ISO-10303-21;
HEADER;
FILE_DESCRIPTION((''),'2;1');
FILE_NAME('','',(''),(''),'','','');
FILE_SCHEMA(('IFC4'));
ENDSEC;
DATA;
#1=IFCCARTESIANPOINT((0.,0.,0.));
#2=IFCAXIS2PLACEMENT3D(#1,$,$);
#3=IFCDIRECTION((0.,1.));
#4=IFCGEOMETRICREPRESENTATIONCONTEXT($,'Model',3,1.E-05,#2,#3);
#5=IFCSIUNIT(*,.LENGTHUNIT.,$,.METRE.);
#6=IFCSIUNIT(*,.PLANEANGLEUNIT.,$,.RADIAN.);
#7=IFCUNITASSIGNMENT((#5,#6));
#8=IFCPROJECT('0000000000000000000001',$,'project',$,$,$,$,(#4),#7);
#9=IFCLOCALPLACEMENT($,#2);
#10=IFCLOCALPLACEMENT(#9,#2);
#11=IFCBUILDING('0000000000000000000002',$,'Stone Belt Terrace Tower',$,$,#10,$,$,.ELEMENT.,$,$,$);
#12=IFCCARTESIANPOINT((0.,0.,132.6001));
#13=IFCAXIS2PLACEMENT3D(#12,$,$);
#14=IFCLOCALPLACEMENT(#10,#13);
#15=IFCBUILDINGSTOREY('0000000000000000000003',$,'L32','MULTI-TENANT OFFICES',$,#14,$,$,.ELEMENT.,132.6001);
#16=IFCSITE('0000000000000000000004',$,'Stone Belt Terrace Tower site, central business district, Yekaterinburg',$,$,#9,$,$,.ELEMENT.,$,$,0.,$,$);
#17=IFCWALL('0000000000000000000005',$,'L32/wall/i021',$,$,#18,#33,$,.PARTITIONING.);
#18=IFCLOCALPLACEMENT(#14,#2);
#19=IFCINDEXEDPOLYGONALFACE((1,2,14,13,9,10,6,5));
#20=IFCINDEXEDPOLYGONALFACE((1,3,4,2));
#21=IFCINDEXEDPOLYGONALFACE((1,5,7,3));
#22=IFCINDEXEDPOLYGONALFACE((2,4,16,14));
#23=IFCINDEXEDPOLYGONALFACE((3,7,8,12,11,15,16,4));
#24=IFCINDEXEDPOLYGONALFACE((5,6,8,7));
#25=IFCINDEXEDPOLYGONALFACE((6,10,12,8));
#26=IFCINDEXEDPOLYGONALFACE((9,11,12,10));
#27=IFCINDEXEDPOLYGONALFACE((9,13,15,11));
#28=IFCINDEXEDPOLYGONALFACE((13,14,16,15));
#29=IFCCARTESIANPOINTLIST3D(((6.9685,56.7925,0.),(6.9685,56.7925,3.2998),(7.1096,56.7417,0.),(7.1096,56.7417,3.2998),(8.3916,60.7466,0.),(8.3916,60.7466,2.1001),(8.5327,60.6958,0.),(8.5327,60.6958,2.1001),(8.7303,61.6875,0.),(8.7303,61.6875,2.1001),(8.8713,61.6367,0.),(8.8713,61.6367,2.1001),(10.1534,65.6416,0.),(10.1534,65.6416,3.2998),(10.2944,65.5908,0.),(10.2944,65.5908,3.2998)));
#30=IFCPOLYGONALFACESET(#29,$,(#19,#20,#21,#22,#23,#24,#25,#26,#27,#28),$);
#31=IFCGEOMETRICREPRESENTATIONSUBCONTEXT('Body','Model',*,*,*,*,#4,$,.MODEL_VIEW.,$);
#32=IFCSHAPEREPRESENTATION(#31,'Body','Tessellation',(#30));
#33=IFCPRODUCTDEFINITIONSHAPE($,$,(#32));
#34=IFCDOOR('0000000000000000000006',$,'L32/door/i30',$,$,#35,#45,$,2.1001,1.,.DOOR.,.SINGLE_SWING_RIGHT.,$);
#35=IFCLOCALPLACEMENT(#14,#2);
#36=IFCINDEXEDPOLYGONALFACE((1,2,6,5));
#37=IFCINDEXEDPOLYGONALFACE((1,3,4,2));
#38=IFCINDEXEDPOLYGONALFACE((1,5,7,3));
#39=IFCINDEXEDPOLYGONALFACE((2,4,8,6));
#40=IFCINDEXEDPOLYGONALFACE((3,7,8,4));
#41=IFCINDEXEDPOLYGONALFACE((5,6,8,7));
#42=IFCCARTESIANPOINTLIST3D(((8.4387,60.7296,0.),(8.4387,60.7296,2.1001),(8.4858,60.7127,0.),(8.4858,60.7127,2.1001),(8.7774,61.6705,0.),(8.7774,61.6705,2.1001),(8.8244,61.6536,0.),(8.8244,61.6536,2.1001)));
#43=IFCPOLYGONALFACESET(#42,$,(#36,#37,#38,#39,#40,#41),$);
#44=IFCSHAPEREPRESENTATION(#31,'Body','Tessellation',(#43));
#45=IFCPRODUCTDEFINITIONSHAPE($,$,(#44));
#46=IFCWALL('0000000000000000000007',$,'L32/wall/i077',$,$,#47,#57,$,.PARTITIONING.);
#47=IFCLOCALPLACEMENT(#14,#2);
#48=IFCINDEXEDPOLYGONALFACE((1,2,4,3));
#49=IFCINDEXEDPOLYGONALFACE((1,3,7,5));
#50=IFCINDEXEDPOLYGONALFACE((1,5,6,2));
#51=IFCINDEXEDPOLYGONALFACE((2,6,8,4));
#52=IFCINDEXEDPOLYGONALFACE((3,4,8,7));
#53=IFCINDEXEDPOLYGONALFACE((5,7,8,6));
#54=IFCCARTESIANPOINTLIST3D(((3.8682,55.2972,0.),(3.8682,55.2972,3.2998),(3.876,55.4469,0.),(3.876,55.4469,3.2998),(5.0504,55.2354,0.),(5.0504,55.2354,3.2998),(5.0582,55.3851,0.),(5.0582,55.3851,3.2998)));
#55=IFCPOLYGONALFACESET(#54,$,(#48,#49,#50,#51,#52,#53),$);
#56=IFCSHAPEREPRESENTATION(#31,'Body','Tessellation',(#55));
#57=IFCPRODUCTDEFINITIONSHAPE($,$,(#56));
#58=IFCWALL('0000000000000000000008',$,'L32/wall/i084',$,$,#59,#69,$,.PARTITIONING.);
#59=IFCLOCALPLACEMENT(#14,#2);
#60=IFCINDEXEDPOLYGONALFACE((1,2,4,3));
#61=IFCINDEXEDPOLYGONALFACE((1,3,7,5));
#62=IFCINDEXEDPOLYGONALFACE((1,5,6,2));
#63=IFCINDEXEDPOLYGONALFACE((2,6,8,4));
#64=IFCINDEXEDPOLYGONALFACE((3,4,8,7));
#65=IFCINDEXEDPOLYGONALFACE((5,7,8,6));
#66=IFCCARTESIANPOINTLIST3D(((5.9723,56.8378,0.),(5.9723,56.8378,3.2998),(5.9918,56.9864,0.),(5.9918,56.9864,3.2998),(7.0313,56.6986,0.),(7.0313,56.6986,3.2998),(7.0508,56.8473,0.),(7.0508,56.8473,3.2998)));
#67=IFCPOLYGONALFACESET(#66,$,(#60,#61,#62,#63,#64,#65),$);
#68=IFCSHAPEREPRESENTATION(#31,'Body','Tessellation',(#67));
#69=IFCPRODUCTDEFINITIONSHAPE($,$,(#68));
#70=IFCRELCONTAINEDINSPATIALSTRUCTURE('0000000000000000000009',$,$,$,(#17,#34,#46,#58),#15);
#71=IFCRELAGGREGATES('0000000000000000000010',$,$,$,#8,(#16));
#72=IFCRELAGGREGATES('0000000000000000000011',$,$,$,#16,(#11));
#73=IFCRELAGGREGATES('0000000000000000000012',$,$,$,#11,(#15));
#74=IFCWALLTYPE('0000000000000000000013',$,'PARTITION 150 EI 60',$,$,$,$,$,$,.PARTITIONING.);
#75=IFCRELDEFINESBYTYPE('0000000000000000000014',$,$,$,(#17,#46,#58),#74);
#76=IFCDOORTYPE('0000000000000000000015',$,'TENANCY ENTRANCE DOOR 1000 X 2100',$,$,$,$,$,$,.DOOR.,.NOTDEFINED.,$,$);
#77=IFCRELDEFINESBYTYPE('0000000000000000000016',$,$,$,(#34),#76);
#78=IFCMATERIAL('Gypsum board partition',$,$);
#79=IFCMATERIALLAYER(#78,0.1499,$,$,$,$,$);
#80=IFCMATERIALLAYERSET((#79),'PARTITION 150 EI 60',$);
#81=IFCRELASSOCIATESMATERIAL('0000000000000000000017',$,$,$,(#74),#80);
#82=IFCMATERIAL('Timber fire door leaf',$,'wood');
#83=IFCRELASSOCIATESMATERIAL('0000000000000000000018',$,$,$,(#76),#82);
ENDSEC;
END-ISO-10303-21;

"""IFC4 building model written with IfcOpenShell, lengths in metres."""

from ifc_helpers import new_model, si_unit, direction, frame, frame_2d, origin, place, context, subcontext, project, spatial, rectangle, extrude, material, layer, layer_set, type_object, element, fill, save


model = new_model("IFC4")

# Units and contexts
model_context = context("Model", 3, precision=1e-05, world=origin(), true_north=direction((0.0, 1.0)))
body_context = subcontext(model_context, "Body", "Model", "MODEL_VIEW")
ifc_project = project(units=[si_unit("LENGTHUNIT", "METRE"), si_unit("PLANEANGLEUNIT", "RADIAN")], contexts=[model_context])

# Site, building, storey
site_placement = place(None, origin())
site = spatial("IfcSite", under=ifc_project, at=site_placement, Name="Stone Belt Terrace Tower site, central business district, Yekaterinburg", CompositionType="ELEMENT", RefElevation=0.0)
building_placement = place(site_placement, origin())
building = spatial("IfcBuilding", under=site, at=building_placement, Name="Stone Belt Terrace Tower", CompositionType="ELEMENT")
storey_placement = place(building_placement, frame((0.0, 0.0, 132.6001)))
storey = spatial("IfcBuildingStorey", under=building, at=storey_placement, Name="L32", Description="MULTI-TENANT OFFICES", CompositionType="ELEMENT", Elevation=132.6001)

# Wall, opening, door
ifc_material_1 = material(Name="Gypsum board partition")
ifc_layer_1 = layer(ifc_material_1, 0.1499)
ifc_layer_set_1 = layer_set([ifc_layer_1], Name="PARTITION 150 EI 60")
wall_type_1 = type_object("IfcWallType", Name="PARTITION 150 EI 60", PredefinedType="PARTITIONING", material=ifc_layer_set_1)
wall_1_placement = place(storey_placement, frame((7.0391, 56.7671, 0.0), z_axis=(0.0, 0.0, 1.0), x_axis=(0.338638, 0.940917, 0.0)))
wall_1 = element("IfcWall", 1, at=wall_1_placement, inside=storey, type_object=wall_type_1, Name="L32/wall/i021", PredefinedType="PARTITIONING", context=body_context, shape_type="SweptSolid", body=[
    extrude(rectangle(XDim=9.4048, YDim=0.1499, at=frame_2d((4.7024, 0.0))), origin(), (0.0, 0.0, 1.0), 3.2998),
])
opening_1_placement = place(wall_1_placement, frame((4.2024, 0.0, 0.0)))
opening_1 = element("IfcOpeningElement", 2, at=opening_1_placement, cuts=wall_1, PredefinedType="OPENING", context=body_context, shape_type="SweptSolid", body=[
    extrude(rectangle(XDim=1.0, YDim=2.1001, at=frame_2d((0.5, 1.05))), frame((0.0, 0.085, 0.0), z_axis=(0.0, -1.0, 0.0), x_axis=(1.0, 0.0, 0.0)), (0.0, 0.0, 1.0), 0.1699),
])
ifc_material_2 = material(Name="Timber fire door leaf", Category="wood")
door_type_1 = type_object("IfcDoorType", Name="TENANCY ENTRANCE DOOR 1000 X 2100", OperationType="NOTDEFINED", PredefinedType="DOOR", material=ifc_material_2)
door_1_placement = place(opening_1_placement, origin())
door_1 = element("IfcDoor", 3, at=door_1_placement, inside=storey, type_object=door_type_1, Name="L32/door/i30", OperationType="SINGLE_SWING_RIGHT", OverallHeight=2.1001, OverallWidth=1.0, PredefinedType="DOOR", context=body_context, shape_type="SweptSolid", body=[
    extrude(rectangle(XDim=1.0, YDim=2.1001, at=frame_2d((0.5, 1.05))), frame((0.0, 0.0249, 0.0), z_axis=(0.0, -1.0, 0.0), x_axis=(1.0, 0.0, 0.0)), (0.0, 0.0, 1.0), 0.05),
])
fill(opening_1, door_1)

# Walls
wall_2_placement = place(storey_placement, frame((5.0542, 55.3103, 0.0), z_axis=(0.0, 0.0, 1.0), x_axis=(-0.998638, 0.05218, 0.0)))
element("IfcWall", 4, at=wall_2_placement, inside=storey, type_object=wall_type_1, Name="L32/wall/i077", PredefinedType="PARTITIONING", context=body_context, shape_type="SweptSolid", body=[
    extrude(rectangle(XDim=1.1838, YDim=0.1499, at=frame_2d((0.5918, 0.0))), origin(), (0.0, 0.0, 1.0), 3.2998),
])
wall_3_placement = place(storey_placement, frame((5.9819, 56.9121, 0.0), z_axis=(0.0, 0.0, 1.0), x_axis=(0.991478, -0.130277, 0.0)))
element("IfcWall", 5, at=wall_3_placement, inside=storey, type_object=wall_type_1, Name="L32/wall/i084", PredefinedType="PARTITIONING", context=body_context, shape_type="SweptSolid", body=[
    extrude(rectangle(XDim=1.0681, YDim=0.1499, at=frame_2d((0.5342, 0.0))), origin(), (0.0, 0.0, 1.0), 3.2998),
])

save(model, "model.ifc")
